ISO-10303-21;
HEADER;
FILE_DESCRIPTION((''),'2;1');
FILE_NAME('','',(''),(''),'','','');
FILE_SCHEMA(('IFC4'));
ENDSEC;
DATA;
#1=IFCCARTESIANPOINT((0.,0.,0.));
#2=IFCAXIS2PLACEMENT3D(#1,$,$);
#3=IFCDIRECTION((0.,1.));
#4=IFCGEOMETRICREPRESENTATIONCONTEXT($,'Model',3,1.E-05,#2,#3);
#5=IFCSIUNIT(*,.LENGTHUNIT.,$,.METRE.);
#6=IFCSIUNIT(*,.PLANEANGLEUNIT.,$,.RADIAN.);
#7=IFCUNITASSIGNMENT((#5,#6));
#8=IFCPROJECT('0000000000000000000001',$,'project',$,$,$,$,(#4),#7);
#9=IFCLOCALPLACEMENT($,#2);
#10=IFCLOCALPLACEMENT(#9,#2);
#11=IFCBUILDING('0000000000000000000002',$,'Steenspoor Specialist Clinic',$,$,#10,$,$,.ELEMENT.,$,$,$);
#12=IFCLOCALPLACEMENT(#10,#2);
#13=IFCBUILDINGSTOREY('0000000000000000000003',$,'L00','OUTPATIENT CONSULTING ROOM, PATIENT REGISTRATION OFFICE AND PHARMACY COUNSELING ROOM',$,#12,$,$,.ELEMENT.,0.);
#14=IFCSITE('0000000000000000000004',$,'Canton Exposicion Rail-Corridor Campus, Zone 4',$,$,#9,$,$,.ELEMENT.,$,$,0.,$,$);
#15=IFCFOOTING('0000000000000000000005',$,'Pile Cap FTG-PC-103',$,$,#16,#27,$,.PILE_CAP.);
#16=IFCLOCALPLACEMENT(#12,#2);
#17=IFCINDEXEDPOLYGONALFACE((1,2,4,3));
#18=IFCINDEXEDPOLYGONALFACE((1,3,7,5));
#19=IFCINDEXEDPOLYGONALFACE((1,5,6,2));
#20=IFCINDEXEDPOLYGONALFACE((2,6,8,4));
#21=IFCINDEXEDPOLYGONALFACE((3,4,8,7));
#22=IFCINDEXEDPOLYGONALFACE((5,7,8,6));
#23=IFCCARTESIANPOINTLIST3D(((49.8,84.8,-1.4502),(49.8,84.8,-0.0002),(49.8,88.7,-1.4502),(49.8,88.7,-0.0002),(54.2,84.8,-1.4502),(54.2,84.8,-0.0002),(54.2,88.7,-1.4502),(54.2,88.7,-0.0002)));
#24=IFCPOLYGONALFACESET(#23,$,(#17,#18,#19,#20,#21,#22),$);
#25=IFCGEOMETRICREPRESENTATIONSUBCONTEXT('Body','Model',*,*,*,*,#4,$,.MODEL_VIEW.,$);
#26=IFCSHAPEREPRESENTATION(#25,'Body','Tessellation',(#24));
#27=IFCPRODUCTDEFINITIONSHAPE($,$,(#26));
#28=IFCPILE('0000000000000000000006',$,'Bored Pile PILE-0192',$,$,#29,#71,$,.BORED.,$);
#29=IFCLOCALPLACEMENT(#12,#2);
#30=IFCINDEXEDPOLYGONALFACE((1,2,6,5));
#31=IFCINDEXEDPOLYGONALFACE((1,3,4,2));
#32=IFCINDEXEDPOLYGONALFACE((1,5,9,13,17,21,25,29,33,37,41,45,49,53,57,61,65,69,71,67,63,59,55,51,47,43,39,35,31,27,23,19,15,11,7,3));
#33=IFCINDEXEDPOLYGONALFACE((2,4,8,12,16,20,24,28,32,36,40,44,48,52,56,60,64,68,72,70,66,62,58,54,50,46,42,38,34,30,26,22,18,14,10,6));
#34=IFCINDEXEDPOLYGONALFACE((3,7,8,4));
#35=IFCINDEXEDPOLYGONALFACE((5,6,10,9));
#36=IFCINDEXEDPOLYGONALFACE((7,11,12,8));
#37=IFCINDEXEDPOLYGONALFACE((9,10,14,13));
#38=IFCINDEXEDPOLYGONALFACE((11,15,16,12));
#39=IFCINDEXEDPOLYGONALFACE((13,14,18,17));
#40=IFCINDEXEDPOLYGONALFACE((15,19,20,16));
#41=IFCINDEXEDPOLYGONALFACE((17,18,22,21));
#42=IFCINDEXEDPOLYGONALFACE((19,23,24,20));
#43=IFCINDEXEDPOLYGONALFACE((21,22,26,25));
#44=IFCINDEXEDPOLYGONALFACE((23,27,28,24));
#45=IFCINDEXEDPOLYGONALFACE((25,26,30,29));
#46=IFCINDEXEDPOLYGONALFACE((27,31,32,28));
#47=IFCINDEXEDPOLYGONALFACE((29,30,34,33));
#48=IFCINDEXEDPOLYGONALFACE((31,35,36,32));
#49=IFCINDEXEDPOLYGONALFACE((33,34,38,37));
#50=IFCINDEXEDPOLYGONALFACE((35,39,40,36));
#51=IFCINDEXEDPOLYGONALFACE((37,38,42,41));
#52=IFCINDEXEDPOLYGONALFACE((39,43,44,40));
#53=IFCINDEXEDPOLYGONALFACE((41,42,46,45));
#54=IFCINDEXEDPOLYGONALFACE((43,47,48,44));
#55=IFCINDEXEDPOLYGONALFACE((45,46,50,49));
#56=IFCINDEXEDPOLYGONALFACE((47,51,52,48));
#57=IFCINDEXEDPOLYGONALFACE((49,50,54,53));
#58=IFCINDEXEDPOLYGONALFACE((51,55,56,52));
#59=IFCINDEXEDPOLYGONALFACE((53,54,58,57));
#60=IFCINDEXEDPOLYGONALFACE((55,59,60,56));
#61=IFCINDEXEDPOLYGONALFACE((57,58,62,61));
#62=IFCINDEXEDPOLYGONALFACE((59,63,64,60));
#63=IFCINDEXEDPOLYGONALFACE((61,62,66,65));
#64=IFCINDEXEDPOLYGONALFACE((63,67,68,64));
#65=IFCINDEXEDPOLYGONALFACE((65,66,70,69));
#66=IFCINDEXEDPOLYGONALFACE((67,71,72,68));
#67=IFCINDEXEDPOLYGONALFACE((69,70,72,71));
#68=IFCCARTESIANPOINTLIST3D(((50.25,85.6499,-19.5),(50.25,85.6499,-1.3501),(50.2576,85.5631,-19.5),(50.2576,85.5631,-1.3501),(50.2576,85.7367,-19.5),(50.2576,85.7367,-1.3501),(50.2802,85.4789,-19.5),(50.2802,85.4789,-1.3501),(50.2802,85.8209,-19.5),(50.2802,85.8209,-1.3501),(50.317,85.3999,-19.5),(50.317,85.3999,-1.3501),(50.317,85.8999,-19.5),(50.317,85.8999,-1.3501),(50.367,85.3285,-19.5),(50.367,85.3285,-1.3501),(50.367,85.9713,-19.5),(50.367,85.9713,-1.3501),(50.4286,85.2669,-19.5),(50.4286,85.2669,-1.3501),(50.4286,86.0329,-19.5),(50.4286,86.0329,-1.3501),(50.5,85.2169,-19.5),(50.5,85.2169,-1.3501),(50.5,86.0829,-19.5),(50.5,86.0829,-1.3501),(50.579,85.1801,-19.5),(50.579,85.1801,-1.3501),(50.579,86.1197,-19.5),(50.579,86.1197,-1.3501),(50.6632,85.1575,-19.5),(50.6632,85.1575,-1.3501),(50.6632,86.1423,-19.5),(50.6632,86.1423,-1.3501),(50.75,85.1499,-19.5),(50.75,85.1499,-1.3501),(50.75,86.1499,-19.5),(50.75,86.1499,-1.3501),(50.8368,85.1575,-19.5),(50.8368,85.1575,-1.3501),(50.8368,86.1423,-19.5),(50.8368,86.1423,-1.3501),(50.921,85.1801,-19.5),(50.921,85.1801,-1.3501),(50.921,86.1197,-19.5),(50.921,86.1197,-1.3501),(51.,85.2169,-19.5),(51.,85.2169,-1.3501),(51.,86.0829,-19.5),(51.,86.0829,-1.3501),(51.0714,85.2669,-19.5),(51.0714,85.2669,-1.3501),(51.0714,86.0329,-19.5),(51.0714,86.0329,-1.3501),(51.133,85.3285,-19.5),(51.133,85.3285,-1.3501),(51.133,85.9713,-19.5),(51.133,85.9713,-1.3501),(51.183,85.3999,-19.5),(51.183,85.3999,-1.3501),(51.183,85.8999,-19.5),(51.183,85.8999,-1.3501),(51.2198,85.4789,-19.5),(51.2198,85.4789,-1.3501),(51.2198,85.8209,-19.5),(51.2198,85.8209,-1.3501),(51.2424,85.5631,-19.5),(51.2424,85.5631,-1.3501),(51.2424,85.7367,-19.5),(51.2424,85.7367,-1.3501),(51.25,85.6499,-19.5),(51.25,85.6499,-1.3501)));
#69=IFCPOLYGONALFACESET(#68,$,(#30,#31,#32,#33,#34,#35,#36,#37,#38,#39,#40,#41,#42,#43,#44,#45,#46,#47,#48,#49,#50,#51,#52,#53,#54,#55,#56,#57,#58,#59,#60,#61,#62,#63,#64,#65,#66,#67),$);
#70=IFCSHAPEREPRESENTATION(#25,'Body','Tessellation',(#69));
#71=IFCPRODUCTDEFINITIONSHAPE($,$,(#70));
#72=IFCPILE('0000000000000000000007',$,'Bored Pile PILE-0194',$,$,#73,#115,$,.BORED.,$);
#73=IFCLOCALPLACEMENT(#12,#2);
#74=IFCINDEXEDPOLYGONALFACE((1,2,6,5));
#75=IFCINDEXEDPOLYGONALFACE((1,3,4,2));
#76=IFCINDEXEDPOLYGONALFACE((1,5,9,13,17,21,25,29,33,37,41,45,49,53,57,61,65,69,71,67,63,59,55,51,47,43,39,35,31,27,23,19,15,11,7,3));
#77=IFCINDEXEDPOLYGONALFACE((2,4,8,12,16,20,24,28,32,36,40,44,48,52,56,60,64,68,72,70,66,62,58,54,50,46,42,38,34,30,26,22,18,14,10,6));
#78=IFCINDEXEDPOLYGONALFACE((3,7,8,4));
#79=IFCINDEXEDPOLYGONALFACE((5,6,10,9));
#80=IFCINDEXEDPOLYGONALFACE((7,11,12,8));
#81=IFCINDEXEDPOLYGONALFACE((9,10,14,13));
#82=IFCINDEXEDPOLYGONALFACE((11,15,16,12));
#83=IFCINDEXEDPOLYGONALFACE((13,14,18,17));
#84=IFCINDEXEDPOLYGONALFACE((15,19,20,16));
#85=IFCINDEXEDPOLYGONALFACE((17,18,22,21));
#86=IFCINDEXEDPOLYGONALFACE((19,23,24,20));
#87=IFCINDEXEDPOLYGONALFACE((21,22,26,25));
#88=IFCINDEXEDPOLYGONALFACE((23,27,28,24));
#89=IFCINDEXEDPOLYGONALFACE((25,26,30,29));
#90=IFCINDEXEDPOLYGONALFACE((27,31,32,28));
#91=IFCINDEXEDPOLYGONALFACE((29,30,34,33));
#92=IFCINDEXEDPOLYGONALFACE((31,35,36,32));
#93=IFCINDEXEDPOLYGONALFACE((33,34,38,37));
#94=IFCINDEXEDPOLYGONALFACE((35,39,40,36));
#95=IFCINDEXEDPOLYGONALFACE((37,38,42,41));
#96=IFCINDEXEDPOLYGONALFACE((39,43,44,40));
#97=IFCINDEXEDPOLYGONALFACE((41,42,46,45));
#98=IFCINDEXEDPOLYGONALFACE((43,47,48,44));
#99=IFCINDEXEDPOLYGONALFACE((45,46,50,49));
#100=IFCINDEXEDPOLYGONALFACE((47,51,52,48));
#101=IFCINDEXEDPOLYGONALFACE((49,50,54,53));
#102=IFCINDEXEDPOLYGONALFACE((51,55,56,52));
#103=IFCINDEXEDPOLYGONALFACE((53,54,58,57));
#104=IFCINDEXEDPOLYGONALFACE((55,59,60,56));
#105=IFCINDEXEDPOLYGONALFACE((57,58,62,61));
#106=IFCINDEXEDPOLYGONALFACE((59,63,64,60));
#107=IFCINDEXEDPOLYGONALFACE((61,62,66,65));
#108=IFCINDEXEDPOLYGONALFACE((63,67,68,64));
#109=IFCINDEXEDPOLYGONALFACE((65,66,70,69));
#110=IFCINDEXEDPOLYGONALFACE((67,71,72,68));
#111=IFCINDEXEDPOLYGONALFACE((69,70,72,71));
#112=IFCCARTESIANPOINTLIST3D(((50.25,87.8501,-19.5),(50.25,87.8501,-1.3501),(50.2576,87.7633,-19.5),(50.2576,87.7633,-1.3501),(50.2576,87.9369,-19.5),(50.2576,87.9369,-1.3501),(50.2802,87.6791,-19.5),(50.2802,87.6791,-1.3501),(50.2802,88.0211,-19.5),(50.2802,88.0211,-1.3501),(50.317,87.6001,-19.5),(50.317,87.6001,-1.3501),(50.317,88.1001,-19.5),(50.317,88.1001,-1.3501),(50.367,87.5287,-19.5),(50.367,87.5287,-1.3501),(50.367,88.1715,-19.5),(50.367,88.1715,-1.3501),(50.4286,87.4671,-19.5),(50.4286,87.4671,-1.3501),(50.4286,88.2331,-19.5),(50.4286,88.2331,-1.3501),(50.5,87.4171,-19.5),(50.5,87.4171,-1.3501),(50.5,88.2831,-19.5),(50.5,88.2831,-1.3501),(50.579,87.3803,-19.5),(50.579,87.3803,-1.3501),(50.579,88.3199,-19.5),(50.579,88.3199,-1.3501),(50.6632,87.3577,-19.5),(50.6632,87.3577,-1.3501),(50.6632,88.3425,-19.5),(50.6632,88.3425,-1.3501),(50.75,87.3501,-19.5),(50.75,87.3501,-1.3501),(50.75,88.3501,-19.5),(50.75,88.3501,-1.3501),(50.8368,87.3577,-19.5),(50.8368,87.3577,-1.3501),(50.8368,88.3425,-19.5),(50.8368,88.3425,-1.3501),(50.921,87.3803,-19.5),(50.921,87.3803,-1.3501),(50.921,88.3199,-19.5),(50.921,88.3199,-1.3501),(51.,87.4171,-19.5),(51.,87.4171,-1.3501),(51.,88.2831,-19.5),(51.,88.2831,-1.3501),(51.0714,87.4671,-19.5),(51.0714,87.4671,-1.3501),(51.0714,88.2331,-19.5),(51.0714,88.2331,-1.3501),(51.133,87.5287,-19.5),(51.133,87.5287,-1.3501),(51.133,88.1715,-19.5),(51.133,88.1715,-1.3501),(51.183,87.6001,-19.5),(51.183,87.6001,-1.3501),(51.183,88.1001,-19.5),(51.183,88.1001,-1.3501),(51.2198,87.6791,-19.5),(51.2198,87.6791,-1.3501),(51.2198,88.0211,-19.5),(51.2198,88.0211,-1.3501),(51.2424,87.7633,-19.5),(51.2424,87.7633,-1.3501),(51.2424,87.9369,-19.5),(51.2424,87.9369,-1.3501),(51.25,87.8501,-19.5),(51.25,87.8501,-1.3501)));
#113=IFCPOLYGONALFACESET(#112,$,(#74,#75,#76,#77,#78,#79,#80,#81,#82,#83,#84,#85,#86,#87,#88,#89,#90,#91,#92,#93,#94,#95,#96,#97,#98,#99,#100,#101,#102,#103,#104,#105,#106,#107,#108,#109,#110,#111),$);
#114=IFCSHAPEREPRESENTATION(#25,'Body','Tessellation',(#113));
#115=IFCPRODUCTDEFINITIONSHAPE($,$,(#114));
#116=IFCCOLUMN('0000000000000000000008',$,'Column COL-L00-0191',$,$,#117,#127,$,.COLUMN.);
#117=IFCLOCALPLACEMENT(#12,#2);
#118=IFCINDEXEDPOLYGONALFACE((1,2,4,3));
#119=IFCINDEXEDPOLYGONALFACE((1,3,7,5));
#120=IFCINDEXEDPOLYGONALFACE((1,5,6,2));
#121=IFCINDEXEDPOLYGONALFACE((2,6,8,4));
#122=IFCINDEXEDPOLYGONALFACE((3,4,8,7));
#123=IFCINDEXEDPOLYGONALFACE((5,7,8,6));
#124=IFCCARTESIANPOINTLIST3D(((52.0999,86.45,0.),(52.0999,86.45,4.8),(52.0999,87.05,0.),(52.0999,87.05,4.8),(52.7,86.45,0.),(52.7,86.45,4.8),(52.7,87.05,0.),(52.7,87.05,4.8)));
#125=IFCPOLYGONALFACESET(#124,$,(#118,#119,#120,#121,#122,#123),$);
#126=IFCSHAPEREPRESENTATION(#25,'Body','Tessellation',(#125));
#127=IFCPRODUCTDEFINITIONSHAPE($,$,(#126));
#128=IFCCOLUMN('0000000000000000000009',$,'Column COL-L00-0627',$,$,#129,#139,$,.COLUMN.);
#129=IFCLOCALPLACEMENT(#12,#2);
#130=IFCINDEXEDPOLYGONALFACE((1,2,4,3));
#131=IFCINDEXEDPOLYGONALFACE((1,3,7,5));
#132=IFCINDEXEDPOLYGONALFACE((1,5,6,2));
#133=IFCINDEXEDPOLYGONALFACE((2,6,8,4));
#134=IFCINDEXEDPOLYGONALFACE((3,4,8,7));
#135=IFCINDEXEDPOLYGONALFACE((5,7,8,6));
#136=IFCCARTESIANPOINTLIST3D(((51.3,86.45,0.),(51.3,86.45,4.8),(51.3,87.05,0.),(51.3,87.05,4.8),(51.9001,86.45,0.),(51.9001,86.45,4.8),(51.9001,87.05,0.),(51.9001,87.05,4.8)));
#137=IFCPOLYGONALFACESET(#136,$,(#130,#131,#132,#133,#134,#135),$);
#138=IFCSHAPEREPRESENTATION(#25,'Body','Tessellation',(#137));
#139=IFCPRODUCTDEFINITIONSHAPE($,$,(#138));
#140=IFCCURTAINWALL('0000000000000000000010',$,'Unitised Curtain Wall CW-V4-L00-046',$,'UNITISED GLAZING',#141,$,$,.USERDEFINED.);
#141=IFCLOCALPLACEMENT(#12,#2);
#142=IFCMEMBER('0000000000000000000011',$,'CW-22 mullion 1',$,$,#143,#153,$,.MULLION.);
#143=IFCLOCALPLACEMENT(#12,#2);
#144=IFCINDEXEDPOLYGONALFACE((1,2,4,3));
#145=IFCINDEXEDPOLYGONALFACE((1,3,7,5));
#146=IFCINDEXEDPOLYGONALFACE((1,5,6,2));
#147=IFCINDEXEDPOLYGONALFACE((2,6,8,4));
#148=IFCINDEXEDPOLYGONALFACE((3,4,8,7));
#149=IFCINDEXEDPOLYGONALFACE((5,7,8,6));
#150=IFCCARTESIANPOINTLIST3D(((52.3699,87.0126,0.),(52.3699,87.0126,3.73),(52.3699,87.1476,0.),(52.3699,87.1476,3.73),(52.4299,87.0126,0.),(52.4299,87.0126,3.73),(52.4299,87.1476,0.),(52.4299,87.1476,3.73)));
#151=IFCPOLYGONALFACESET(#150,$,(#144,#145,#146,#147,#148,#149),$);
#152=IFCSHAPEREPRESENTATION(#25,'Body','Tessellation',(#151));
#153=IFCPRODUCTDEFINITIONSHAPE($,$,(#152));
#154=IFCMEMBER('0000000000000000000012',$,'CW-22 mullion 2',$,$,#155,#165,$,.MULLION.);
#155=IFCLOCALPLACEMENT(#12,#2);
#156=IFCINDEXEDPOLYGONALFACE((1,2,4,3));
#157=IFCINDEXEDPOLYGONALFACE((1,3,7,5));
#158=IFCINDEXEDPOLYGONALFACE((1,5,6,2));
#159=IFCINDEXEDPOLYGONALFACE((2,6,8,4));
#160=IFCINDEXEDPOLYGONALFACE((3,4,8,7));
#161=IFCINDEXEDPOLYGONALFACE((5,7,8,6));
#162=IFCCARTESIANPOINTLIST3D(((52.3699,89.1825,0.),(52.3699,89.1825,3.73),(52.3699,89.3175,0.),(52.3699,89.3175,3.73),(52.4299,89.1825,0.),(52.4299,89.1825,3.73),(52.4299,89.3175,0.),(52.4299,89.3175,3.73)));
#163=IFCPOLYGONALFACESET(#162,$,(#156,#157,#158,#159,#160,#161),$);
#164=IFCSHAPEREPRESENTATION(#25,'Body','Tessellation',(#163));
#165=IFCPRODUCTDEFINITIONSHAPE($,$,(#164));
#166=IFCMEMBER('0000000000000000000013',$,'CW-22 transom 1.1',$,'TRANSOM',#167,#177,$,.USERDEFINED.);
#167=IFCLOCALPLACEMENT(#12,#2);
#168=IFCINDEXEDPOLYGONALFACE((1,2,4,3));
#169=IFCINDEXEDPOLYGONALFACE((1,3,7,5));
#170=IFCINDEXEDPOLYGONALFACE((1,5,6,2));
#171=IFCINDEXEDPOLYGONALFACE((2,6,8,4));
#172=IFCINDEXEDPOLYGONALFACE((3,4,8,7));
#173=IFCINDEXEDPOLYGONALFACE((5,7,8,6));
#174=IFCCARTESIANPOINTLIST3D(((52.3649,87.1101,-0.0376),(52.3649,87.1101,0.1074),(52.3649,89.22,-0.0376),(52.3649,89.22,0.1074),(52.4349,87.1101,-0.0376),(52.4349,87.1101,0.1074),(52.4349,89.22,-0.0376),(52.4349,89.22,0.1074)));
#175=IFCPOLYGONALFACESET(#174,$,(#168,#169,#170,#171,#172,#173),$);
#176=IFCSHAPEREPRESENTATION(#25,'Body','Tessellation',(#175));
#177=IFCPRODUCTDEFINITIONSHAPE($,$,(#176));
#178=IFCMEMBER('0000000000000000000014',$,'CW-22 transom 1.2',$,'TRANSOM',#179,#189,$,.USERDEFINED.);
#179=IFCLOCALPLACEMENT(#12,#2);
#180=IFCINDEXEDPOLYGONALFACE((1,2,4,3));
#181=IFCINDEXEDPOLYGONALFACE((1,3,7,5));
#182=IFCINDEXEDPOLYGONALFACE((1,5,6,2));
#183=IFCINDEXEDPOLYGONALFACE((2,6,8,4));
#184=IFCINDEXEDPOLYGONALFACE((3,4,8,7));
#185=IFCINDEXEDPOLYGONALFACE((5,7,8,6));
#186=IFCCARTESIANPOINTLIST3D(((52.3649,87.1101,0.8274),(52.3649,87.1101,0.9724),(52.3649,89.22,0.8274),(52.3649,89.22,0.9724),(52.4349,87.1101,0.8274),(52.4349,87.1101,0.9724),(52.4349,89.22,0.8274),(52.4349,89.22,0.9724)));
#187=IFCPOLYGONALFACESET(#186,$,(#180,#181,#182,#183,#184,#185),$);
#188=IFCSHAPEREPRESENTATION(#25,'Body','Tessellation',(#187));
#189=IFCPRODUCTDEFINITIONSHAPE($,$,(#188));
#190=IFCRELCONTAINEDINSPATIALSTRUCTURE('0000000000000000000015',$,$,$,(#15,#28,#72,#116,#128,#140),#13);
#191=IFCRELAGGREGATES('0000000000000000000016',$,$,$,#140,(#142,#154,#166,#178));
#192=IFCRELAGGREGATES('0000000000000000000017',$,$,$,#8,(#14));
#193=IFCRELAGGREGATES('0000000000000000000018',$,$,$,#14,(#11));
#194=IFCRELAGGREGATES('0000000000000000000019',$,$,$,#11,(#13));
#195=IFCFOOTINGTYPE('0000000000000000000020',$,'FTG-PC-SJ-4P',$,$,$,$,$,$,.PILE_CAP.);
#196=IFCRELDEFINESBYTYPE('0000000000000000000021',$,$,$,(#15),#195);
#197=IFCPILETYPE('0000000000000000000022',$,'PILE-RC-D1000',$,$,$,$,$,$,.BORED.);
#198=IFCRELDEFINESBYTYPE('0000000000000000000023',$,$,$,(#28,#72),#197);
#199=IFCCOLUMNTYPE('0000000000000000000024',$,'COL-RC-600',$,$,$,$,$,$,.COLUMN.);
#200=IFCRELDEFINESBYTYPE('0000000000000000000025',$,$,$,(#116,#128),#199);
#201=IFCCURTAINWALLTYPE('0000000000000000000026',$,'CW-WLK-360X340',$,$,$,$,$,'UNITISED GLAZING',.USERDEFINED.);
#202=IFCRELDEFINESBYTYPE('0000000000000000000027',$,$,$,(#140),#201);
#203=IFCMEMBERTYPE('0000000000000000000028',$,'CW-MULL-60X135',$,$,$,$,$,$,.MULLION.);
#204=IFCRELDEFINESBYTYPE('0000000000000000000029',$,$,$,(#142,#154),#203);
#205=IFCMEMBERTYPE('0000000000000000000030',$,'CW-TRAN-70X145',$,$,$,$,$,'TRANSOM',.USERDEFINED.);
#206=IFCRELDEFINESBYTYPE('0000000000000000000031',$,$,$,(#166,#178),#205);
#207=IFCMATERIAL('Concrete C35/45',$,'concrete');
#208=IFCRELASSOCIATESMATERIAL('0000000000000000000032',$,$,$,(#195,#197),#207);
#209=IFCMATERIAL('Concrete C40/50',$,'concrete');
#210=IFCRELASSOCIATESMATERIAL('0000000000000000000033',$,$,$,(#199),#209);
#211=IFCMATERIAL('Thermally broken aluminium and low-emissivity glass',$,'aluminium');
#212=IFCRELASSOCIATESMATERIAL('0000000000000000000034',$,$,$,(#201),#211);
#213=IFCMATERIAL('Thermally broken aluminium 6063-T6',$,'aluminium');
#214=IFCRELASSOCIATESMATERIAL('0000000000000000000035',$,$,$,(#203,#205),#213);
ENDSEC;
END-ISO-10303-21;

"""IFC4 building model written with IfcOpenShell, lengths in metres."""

from ifc_helpers import new_model, si_unit, direction, frame, origin, origin_2d, place, context, subcontext, project, spatial, rectangle, circle, extrude, material, material_profile, profile_set, type_object, element, aggregate, save


model = new_model("IFC4")

# Units and contexts
model_context = context("Model", 3, precision=1e-05, world=origin(), true_north=direction((0.0, 1.0)))
body_context = subcontext(model_context, "Body", "Model", "MODEL_VIEW")
ifc_project = project(units=[si_unit("LENGTHUNIT", "METRE"), si_unit("PLANEANGLEUNIT", "RADIAN")], contexts=[model_context])

# Site, building, storey
site_placement = place(None, origin())
site = spatial("IfcSite", under=ifc_project, at=site_placement, Name="Canton Exposicion Rail-Corridor Campus, Zone 4", CompositionType="ELEMENT", RefElevation=0.0)
building_placement = place(site_placement, origin())
building = spatial("IfcBuilding", under=site, at=building_placement, Name="Steenspoor Specialist Clinic", CompositionType="ELEMENT")
storey_placement = place(building_placement, origin())
storey = spatial("IfcBuildingStorey", under=building, at=storey_placement, Name="L00", Description="OUTPATIENT CONSULTING ROOM, PATIENT REGISTRATION OFFICE AND PHARMACY COUNSELING ROOM", CompositionType="ELEMENT", Elevation=0.0)

# Footing
ifc_material_1 = material(Name="Concrete C35/45", Category="concrete")
footing_type = type_object("IfcFootingType", Name="FTG-PC-SJ-4P", PredefinedType="PILE_CAP", material=ifc_material_1)
footing_placement = place(storey_placement, frame((52.0, 86.75, -1.4502), z_axis=(0.0, 0.0, 1.0), x_axis=(1.0, 0.0, 0.0)))
element("IfcFooting", 1, at=footing_placement, inside=storey, type_object=footing_type, Name="Pile Cap FTG-PC-103", PredefinedType="PILE_CAP", context=body_context, shape_type="SweptSolid", body=[
    extrude(rectangle(XDim=4.3999, YDim=3.8999, at=origin_2d()), origin(), (0.0, 0.0, 1.0), 1.45),
])

# Piles
ifc_material_profile_1 = material_profile(ifc_material_1, circle(Radius=0.5, at=origin_2d()), Name="PILE-D1000")
ifc_profile_set_1 = profile_set([ifc_material_profile_1], Name="Concrete C35/45")
pile_type = type_object("IfcPileType", Name="PILE-RC-D1000", PredefinedType="BORED", material=ifc_profile_set_1)
for number, where, z_axis, x_axis, name in (
    (2, (50.75, 85.6499, -1.3501), (0.0, 0.0, -1.0), (1.0, 0.0, 0.0), "Bored Pile PILE-0192"),
    (3, (50.75, 87.8501, -1.3501), (0.0, 0.0, -1.0), (1.0, 0.0, 0.0), "Bored Pile PILE-0194"),
):
    element("IfcPile", number, at=place(storey_placement, frame(where, z_axis=z_axis, x_axis=x_axis)), inside=storey, type_object=pile_type, Name=name, PredefinedType="BORED", context=body_context, shape_type="SweptSolid", body=[
        extrude(circle(Radius=0.5, at=origin_2d()), origin(), (0.0, 0.0, 1.0), 18.1499),
    ])

# Columns
ifc_material_2 = material(Name="Concrete C40/50", Category="concrete")
ifc_material_profile_2 = material_profile(ifc_material_2, rectangle(XDim=0.6001, YDim=0.6001, at=origin_2d()), Name="RC-COL-600X600")
ifc_profile_set_2 = profile_set([ifc_material_profile_2], Name="Concrete C40/50")
column_type = type_object("IfcColumnType", Name="COL-RC-600", PredefinedType="COLUMN", material=ifc_profile_set_2)
for number, where, z_axis, x_axis, name in (
    (4, (52.3999, 86.75, 0.0), (0.0, 0.0, 1.0), (1.0, 0.0, 0.0), "Column COL-L00-0191"),
    (5, (51.6001, 86.75, 0.0), (0.0, 0.0, 1.0), (1.0, 0.0, 0.0), "Column COL-L00-0627"),
):
    element("IfcColumn", number, at=place(storey_placement, frame(where, z_axis=z_axis, x_axis=x_axis)), inside=storey, type_object=column_type, Name=name, PredefinedType="COLUMN", context=body_context, shape_type="SweptSolid", body=[
        extrude(rectangle(XDim=0.6001, YDim=0.6001, at=origin_2d()), origin(), (0.0, 0.0, 1.0), 4.8),
    ])

# Curtain wall, members
ifc_material_3 = material(Name="Thermally broken aluminium and low-emissivity glass", Category="aluminium")
curtain_wall_type = type_object("IfcCurtainWallType", Name="CW-WLK-360X340", ElementType="UNITISED GLAZING", PredefinedType="USERDEFINED", material=ifc_material_3)
curtain_wall_placement = place(storey_placement, origin())
curtain_wall = element("IfcCurtainWall", 6, at=curtain_wall_placement, inside=storey, type_object=curtain_wall_type, Name="Unitised Curtain Wall CW-V4-L00-046", ObjectType="UNITISED GLAZING", PredefinedType="USERDEFINED")
ifc_material_4 = material(Name="Thermally broken aluminium 6063-T6", Category="aluminium")
ifc_material_profile_3 = material_profile(ifc_material_4, rectangle(XDim=0.0601, YDim=0.135, at=origin_2d()), Name="CWM-60X135")
ifc_profile_set_3 = profile_set([ifc_material_profile_3], Name="Thermally broken aluminium 6063-T6")
member_type_1 = type_object("IfcMemberType", Name="CW-MULL-60X135", PredefinedType="MULLION", material=ifc_profile_set_3)
member_1_placement = place(storey_placement, frame((52.3999, 87.0801, 0.0), z_axis=(0.0, 0.0, 1.0), x_axis=(-1.0, 0.0, 0.0)))
member_1 = element("IfcMember", 7, at=member_1_placement, type_object=member_type_1, Name="CW-22 mullion 1", PredefinedType="MULLION", context=body_context, shape_type="SweptSolid", body=[
    extrude(rectangle(XDim=0.0601, YDim=0.135, at=origin_2d()), origin(), (0.0, 0.0, 1.0), 3.73),
])
member_2_placement = place(storey_placement, frame((52.3999, 89.25, 0.0), z_axis=(0.0, 0.0, 1.0), x_axis=(-1.0, 0.0, 0.0)))
member_2 = element("IfcMember", 8, at=member_2_placement, type_object=member_type_1, Name="CW-22 mullion 2", PredefinedType="MULLION", context=body_context, shape_type="SweptSolid", body=[
    extrude(rectangle(XDim=0.0601, YDim=0.135, at=origin_2d()), origin(), (0.0, 0.0, 1.0), 3.73),
])
ifc_material_profile_4 = material_profile(ifc_material_4, rectangle(XDim=0.0701, YDim=0.145, at=origin_2d()), Name="CWT-70X145")
ifc_profile_set_4 = profile_set([ifc_material_profile_4], Name="Thermally broken aluminium 6063-T6")
member_type_2 = type_object("IfcMemberType", Name="CW-TRAN-70X145", ElementType="TRANSOM", PredefinedType="USERDEFINED", material=ifc_profile_set_4)
member_3_placement = place(storey_placement, frame((52.3999, 87.1101, 0.0349), z_axis=(0.0, 1.0, 0.0), x_axis=(-1.0, 0.0, 0.0)))
member_3 = element("IfcMember", 9, at=member_3_placement, type_object=member_type_2, Name="CW-22 transom 1.1", ObjectType="TRANSOM", PredefinedType="USERDEFINED", context=body_context, shape_type="SweptSolid", body=[
    extrude(rectangle(XDim=0.0701, YDim=0.145, at=origin_2d()), origin(), (0.0, 0.0, 1.0), 2.1099),
])
member_4_placement = place(storey_placement, frame((52.3999, 87.1101, 0.8999), z_axis=(0.0, 1.0, 0.0), x_axis=(-1.0, 0.0, 0.0)))
member_4 = element("IfcMember", 10, at=member_4_placement, type_object=member_type_2, Name="CW-22 transom 1.2", ObjectType="TRANSOM", PredefinedType="USERDEFINED", context=body_context, shape_type="SweptSolid", body=[
    extrude(rectangle(XDim=0.0701, YDim=0.145, at=origin_2d()), origin(), (0.0, 0.0, 1.0), 2.1099),
])

aggregate(curtain_wall, [member_1, member_2, member_3, member_4])

save(model, "model.ifc")
